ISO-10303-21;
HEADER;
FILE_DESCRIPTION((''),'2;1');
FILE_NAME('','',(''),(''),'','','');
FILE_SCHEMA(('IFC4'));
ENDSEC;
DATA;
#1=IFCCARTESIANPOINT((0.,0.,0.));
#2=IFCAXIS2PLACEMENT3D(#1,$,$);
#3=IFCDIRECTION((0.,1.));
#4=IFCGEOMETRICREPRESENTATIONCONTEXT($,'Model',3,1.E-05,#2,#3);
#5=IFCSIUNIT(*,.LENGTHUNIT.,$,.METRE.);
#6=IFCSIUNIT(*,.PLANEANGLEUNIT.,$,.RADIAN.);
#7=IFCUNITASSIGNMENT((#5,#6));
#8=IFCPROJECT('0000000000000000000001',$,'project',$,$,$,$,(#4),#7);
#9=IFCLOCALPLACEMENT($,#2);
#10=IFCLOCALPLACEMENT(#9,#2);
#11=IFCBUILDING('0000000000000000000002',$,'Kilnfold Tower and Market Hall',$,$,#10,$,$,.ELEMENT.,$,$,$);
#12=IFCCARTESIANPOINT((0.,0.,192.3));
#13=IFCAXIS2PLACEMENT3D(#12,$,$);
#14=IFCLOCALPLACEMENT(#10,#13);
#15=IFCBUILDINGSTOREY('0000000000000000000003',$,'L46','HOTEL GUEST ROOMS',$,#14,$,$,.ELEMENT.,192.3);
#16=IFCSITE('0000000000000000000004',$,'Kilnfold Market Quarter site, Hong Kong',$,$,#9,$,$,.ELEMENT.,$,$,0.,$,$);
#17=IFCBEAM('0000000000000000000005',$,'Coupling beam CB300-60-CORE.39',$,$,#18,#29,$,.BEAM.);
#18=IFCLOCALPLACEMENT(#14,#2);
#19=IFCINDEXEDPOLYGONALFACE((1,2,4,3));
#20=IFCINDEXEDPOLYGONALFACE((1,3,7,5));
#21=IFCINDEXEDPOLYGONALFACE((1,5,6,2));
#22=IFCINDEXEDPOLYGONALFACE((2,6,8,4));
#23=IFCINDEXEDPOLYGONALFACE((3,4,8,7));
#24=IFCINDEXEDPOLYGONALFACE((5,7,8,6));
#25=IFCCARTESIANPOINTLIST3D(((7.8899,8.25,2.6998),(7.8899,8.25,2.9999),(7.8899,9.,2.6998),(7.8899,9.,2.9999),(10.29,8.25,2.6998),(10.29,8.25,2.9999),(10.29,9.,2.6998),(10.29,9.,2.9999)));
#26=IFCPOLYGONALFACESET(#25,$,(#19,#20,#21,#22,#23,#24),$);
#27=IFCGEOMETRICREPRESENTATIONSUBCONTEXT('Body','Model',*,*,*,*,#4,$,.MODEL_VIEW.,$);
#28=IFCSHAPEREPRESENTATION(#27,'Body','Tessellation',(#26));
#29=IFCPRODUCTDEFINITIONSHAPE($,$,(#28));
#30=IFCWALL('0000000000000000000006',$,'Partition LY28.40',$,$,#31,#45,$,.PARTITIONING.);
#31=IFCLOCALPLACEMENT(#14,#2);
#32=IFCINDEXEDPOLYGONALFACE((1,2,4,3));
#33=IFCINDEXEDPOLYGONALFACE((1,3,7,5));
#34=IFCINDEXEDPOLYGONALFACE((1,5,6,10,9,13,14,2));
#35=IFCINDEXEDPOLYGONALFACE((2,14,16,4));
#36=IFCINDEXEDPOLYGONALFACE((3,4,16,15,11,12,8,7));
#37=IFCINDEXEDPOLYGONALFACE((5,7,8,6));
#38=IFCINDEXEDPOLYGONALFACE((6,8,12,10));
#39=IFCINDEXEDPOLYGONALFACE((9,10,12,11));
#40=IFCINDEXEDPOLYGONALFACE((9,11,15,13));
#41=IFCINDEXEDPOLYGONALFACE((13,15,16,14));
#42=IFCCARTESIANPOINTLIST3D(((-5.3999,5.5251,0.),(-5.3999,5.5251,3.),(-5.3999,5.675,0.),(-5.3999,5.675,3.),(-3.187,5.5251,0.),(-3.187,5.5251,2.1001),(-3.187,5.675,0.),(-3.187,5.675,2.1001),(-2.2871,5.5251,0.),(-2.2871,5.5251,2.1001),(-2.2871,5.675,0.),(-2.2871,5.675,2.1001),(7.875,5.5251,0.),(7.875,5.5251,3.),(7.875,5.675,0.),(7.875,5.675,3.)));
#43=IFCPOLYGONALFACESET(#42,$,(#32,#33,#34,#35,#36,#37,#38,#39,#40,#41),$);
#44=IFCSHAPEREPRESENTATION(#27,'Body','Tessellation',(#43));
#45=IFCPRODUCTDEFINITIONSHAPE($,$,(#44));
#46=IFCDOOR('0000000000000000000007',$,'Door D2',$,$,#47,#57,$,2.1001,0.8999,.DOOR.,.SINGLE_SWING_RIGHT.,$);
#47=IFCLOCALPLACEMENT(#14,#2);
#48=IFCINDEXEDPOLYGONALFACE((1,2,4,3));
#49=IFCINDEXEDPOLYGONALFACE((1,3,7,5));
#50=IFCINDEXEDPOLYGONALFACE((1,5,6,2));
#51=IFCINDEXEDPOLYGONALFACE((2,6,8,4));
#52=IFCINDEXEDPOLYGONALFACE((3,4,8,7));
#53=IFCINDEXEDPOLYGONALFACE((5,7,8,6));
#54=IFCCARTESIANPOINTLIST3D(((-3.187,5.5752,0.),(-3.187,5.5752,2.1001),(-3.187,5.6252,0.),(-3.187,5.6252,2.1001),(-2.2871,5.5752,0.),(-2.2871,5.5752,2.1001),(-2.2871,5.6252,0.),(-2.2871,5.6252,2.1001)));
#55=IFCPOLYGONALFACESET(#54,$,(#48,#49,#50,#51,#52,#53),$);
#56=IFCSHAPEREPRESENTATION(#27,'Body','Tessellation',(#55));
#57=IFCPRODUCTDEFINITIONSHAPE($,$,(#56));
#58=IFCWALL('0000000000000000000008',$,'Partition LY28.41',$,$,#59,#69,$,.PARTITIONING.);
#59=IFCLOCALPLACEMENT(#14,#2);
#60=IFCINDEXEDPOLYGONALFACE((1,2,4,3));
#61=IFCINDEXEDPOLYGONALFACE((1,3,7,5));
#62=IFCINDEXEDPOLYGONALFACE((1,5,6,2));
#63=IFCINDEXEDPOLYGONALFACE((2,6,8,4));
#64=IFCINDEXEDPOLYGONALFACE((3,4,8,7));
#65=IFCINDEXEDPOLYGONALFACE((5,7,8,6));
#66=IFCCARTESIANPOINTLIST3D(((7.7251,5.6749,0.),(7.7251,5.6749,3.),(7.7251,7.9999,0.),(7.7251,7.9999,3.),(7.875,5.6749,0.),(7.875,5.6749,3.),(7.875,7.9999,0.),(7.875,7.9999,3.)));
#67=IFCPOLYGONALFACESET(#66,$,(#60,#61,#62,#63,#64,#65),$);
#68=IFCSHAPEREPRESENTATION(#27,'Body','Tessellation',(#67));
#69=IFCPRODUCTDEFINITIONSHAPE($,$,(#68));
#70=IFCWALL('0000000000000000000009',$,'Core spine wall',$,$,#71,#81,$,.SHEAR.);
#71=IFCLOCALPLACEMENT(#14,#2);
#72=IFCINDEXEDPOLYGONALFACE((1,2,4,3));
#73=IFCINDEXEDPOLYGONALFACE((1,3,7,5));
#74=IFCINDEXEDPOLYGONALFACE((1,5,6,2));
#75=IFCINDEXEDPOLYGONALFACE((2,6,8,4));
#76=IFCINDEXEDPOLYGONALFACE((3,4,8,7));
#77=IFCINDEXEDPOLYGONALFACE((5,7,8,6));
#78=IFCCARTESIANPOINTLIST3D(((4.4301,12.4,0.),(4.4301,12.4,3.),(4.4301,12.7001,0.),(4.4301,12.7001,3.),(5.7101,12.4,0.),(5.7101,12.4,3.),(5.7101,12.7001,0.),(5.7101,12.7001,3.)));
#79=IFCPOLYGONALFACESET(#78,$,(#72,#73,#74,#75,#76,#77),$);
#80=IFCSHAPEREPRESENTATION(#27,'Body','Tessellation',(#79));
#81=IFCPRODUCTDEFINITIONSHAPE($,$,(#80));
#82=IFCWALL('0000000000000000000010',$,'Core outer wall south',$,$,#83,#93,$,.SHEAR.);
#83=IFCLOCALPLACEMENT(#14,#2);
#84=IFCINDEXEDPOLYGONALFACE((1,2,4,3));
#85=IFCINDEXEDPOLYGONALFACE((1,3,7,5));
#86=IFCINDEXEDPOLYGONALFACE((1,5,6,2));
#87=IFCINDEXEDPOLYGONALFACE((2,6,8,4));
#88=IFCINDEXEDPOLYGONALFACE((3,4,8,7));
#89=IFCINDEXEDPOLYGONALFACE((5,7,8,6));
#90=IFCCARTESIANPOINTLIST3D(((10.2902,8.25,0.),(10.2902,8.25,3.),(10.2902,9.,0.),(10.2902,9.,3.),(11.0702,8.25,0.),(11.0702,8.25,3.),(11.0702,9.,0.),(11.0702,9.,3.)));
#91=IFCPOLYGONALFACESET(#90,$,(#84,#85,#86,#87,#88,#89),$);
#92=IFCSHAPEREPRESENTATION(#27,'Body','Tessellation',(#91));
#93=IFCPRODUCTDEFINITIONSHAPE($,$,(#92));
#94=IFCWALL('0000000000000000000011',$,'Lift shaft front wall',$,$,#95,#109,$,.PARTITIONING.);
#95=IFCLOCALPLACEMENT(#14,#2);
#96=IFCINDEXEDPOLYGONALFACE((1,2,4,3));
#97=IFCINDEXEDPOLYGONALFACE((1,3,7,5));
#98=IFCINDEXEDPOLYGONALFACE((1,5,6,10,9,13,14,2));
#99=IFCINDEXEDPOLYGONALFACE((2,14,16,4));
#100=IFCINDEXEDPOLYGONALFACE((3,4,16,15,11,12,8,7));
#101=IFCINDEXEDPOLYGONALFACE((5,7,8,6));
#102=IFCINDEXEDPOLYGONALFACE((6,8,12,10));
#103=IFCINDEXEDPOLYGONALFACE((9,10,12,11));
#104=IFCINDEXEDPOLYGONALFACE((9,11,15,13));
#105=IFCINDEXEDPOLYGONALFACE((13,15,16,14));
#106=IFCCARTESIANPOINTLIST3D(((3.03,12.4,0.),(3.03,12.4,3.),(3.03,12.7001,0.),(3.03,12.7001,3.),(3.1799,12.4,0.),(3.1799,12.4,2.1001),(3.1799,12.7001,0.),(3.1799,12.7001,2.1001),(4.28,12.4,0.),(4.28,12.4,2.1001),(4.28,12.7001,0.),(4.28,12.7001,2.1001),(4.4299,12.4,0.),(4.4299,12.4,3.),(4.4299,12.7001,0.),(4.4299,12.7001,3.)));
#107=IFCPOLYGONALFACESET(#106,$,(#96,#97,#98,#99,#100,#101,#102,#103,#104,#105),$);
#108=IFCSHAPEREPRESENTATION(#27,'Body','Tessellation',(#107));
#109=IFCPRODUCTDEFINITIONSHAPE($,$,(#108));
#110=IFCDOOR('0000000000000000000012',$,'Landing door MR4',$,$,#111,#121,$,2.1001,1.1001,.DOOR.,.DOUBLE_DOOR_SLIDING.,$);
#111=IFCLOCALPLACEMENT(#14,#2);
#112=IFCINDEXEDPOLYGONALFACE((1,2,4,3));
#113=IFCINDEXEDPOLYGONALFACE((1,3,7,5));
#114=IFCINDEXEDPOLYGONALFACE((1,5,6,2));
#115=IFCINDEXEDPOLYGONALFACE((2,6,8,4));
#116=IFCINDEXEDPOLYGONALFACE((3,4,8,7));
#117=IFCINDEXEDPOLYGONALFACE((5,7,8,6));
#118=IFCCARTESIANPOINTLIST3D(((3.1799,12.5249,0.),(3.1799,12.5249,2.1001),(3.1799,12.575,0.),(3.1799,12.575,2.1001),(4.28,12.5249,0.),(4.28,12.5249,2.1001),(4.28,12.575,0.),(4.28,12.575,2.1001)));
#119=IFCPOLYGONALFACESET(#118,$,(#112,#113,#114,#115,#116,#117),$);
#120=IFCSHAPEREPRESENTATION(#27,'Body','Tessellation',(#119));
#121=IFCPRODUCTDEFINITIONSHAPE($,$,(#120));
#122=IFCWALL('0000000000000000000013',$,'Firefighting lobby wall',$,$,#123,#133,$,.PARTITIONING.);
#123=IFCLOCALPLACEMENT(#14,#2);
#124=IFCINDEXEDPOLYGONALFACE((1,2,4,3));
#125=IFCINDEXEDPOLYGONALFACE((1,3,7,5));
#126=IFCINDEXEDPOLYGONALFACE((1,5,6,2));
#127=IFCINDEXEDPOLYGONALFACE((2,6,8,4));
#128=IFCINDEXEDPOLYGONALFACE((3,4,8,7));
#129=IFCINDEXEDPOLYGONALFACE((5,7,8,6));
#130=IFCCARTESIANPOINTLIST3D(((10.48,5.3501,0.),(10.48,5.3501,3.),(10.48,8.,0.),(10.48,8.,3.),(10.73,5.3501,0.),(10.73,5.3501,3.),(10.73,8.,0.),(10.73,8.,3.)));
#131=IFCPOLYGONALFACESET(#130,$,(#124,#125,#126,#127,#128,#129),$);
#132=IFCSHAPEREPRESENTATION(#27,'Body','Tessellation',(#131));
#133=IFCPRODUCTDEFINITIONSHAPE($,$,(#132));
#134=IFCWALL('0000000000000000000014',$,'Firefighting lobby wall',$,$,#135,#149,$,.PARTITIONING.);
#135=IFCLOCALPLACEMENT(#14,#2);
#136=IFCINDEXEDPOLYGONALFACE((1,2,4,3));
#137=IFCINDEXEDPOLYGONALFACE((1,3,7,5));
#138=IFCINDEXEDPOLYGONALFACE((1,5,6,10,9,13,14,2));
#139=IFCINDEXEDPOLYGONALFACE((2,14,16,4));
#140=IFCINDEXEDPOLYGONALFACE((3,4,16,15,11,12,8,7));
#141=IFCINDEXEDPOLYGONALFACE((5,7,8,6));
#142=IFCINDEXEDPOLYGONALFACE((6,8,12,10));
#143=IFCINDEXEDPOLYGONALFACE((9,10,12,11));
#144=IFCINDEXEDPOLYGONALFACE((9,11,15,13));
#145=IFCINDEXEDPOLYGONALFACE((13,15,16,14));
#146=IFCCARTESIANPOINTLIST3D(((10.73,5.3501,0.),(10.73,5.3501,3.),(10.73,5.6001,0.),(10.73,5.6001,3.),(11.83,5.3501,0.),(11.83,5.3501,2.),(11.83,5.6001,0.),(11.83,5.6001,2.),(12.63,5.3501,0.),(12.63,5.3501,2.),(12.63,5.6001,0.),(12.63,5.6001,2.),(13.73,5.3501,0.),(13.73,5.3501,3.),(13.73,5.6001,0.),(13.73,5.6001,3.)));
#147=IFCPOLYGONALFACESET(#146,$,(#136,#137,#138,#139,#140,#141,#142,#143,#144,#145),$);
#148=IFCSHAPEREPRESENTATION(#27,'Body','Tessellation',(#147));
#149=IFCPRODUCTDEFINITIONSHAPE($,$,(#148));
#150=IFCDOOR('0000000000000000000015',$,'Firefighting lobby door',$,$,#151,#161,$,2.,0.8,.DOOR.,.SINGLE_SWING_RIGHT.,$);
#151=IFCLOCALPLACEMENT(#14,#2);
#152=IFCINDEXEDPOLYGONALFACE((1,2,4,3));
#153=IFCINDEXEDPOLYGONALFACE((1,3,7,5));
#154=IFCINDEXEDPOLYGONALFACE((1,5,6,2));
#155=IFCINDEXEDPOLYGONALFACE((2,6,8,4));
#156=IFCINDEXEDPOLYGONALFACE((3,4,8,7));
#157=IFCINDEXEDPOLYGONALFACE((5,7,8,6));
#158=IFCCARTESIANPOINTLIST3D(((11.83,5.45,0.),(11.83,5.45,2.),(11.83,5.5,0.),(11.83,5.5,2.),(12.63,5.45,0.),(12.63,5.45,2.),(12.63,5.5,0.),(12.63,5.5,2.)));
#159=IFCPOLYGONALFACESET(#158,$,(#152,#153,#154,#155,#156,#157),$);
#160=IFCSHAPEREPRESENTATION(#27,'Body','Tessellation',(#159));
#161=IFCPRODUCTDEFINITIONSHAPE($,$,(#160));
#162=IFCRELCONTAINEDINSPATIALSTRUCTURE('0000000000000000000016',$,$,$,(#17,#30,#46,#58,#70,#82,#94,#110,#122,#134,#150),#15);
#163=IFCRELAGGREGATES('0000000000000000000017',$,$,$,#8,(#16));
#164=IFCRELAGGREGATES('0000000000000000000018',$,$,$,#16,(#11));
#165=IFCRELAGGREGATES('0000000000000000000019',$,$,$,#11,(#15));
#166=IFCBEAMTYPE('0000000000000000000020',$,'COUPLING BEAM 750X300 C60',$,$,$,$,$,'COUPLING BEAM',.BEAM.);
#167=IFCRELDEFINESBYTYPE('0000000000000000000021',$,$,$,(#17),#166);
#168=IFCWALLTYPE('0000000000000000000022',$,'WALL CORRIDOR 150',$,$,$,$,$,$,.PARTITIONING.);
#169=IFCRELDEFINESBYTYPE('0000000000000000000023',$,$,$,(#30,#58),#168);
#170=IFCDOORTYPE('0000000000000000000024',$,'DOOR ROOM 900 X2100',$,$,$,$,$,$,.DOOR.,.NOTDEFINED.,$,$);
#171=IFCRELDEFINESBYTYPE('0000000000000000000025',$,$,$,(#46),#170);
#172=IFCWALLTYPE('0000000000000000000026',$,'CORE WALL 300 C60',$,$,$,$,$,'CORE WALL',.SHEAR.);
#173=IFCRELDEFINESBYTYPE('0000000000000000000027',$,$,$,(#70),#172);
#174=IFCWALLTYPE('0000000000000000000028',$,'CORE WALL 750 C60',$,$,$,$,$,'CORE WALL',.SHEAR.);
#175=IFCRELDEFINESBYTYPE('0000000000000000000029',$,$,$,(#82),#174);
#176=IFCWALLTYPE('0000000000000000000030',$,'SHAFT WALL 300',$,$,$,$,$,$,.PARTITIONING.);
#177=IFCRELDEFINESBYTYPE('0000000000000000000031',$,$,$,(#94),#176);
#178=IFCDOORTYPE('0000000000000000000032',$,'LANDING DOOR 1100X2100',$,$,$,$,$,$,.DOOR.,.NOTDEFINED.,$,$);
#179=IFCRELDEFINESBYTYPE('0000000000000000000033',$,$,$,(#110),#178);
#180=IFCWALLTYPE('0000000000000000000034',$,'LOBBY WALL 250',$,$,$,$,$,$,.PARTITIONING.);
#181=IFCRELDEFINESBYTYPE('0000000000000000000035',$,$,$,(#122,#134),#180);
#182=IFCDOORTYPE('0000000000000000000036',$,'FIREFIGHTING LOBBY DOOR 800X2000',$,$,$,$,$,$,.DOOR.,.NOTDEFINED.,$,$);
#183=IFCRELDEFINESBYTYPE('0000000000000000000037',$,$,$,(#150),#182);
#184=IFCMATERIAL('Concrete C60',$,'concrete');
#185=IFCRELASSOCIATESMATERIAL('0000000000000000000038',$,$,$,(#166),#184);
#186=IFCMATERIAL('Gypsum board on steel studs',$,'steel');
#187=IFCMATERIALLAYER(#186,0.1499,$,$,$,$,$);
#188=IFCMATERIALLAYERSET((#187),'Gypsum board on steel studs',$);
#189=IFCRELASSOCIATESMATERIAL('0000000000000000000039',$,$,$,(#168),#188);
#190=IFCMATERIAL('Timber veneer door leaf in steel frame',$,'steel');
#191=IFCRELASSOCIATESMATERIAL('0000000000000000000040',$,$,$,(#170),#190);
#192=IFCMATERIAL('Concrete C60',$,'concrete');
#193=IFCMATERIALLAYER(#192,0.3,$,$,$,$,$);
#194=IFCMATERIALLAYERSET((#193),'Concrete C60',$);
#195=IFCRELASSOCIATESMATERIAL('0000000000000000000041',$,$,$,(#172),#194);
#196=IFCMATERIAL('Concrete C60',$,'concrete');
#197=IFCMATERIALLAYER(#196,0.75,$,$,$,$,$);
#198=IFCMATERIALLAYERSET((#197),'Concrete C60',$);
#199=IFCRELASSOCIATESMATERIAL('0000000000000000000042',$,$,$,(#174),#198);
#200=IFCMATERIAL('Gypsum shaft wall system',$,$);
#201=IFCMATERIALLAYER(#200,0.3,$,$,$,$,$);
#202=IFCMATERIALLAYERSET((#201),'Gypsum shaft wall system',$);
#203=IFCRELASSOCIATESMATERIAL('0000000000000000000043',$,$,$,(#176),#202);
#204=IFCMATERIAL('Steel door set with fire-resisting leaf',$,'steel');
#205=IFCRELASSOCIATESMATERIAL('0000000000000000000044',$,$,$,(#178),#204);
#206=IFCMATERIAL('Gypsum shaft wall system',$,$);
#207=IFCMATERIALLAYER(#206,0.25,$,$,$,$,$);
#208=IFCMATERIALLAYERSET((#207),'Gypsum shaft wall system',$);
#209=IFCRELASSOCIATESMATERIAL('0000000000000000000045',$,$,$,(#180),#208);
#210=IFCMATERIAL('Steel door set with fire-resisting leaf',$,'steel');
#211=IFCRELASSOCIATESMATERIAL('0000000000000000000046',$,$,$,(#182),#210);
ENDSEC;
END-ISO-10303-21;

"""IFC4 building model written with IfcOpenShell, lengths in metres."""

from ifc_helpers import new_model, si_unit, direction, frame, frame_2d, origin, origin_2d, place, context, subcontext, project, spatial, rectangle, extrude, source, transform, mapped, material, layer, layer_set, material_profile, profile_set, type_object, element, fill, save


model = new_model("IFC4")

# Units and contexts
model_context = context("Model", 3, precision=1e-05, world=origin(), true_north=direction((0.0, 1.0)))
body_context = subcontext(model_context, "Body", "Model", "MODEL_VIEW")
ifc_project = project(units=[si_unit("LENGTHUNIT", "METRE"), si_unit("PLANEANGLEUNIT", "RADIAN")], contexts=[model_context])

# Site, building, storey
site_placement = place(None, origin())
site = spatial("IfcSite", under=ifc_project, at=site_placement, Name="Kilnfold Market Quarter site, Hong Kong", CompositionType="ELEMENT", RefElevation=0.0)
building_placement = place(site_placement, origin())
building = spatial("IfcBuilding", under=site, at=building_placement, Name="Kilnfold Tower and Market Hall", CompositionType="ELEMENT")
storey_placement = place(building_placement, frame((0.0, 0.0, 192.3)))
storey = spatial("IfcBuildingStorey", under=building, at=storey_placement, Name="L46", Description="HOTEL GUEST ROOMS", CompositionType="ELEMENT", Elevation=192.3)

# Beam
ifc_material_1 = material(Name="Concrete C60", Category="concrete")
ifc_material_profile = material_profile(ifc_material_1, rectangle(XDim=0.75, YDim=0.3, at=origin_2d()), Name="RC 750x300")
ifc_profile_set = profile_set([ifc_material_profile], Name="Concrete C60")
beam_type = type_object("IfcBeamType", Name="COUPLING BEAM 750X300 C60", ElementType="COUPLING BEAM", PredefinedType="BEAM", material=ifc_profile_set)
shared_shape_1 = source(origin(), body_context, "Body", "SweptSolid", [
    extrude(rectangle(XDim=0.75, YDim=0.3, at=origin_2d()), origin(), (0.0, 0.0, 1.0), 2.4001),
])
beam_placement = place(storey_placement, frame((7.8899, 8.625, 2.8499), z_axis=(1.0, 0.0, 0.0), x_axis=(0.0, 1.0, 0.0)))
element("IfcBeam", 1, at=beam_placement, inside=storey, type_object=beam_type, Name="Coupling beam CB300-60-CORE.39", PredefinedType="BEAM", context=body_context, shape_type="MappedRepresentation", body=[
    mapped(shared_shape_1, transform((0.0, 0.0, 0.0))),
])

# Wall, opening, door
ifc_material_2 = material(Name="Gypsum board on steel studs", Category="steel")
ifc_layer_1 = layer(ifc_material_2, 0.1499)
ifc_layer_set_1 = layer_set([ifc_layer_1], Name="Gypsum board on steel studs")
wall_type_1 = type_object("IfcWallType", Name="WALL CORRIDOR 150", PredefinedType="PARTITIONING", material=ifc_layer_set_1)
wall_1_placement = place(storey_placement, frame((7.875, 5.6001, 0.0), z_axis=(0.0, 0.0, 1.0), x_axis=(-1.0, 0.0, 0.0)))
wall_1 = element("IfcWall", 2, at=wall_1_placement, inside=storey, type_object=wall_type_1, Name="Partition LY28.40", PredefinedType="PARTITIONING", context=body_context, shape_type="SweptSolid", body=[
    extrude(rectangle(XDim=13.2749, YDim=0.1499, at=frame_2d((6.6375, 0.0))), origin(), (0.0, 0.0, 1.0), 3.0),
])
opening_1_placement = place(wall_1_placement, frame((10.1621, 0.0, 0.0)))
opening_1 = element("IfcOpeningElement", 3, at=opening_1_placement, cuts=wall_1, PredefinedType="OPENING", context=body_context, shape_type="SweptSolid", body=[
    extrude(rectangle(XDim=0.8999, YDim=2.1001, at=frame_2d((0.45, 1.05))), frame((0.0, 0.085, 0.0), z_axis=(0.0, -1.0, 0.0), x_axis=(1.0, 0.0, 0.0)), (0.0, 0.0, 1.0), 0.1699),
])
ifc_material_3 = material(Name="Timber veneer door leaf in steel frame", Category="steel")
door_type_1 = type_object("IfcDoorType", Name="DOOR ROOM 900 X2100", OperationType="NOTDEFINED", PredefinedType="DOOR", material=ifc_material_3)
door_1_placement = place(opening_1_placement, origin())
door_1 = element("IfcDoor", 4, at=door_1_placement, inside=storey, type_object=door_type_1, Name="Door D2", OperationType="SINGLE_SWING_RIGHT", OverallHeight=2.1001, OverallWidth=0.8999, PredefinedType="DOOR", context=body_context, shape_type="SweptSolid", body=[
    extrude(rectangle(XDim=0.8999, YDim=2.1001, at=frame_2d((0.45, 1.05))), frame((0.0, 0.0249, 0.0), z_axis=(0.0, -1.0, 0.0), x_axis=(1.0, 0.0, 0.0)), (0.0, 0.0, 1.0), 0.05),
])
fill(opening_1, door_1)

# Walls
wall_2_placement = place(storey_placement, frame((7.8, 8.0, 0.0), z_axis=(0.0, 0.0, 1.0), x_axis=(0.0, -1.0, 0.0)))
element("IfcWall", 5, at=wall_2_placement, inside=storey, type_object=wall_type_1, Name="Partition LY28.41", PredefinedType="PARTITIONING", context=body_context, shape_type="SweptSolid", body=[
    extrude(rectangle(XDim=2.325, YDim=0.1499, at=frame_2d((1.1626, 0.0))), origin(), (0.0, 0.0, 1.0), 3.0),
])
ifc_material_4 = material(Name="Concrete C60", Category="concrete")
ifc_layer_2 = layer(ifc_material_4, 0.3)
ifc_layer_set_2 = layer_set([ifc_layer_2], Name="Concrete C60")
wall_type_2 = type_object("IfcWallType", Name="CORE WALL 300 C60", ElementType="CORE WALL", PredefinedType="SHEAR", material=ifc_layer_set_2)
shared_shape_2 = source(origin(), body_context, "Body", "SweptSolid", [
    extrude(rectangle(XDim=1.28, YDim=0.3, at=frame_2d((0.6401, 0.0))), origin(), (0.0, 0.0, 1.0), 3.0),
])
wall_3_placement = place(storey_placement, frame((4.4299, 12.55, 0.0), z_axis=(0.0, 0.0, 1.0), x_axis=(1.0, 0.0, 0.0)))
element("IfcWall", 6, at=wall_3_placement, inside=storey, type_object=wall_type_2, Name="Core spine wall", PredefinedType="SHEAR", context=body_context, shape_type="MappedRepresentation", body=[
    mapped(shared_shape_2, transform((0.0, 0.0, 0.0))),
])
ifc_material_5 = material(Name="Concrete C60", Category="concrete")
ifc_layer_3 = layer(ifc_material_5, 0.75)
ifc_layer_set_3 = layer_set([ifc_layer_3], Name="Concrete C60")
wall_type_3 = type_object("IfcWallType", Name="CORE WALL 750 C60", ElementType="CORE WALL", PredefinedType="SHEAR", material=ifc_layer_set_3)
shared_shape_3 = source(origin(), body_context, "Body", "SweptSolid", [
    extrude(rectangle(XDim=0.78, YDim=0.75, at=frame_2d((0.3901, 0.0))), origin(), (0.0, 0.0, 1.0), 3.0),
])
wall_4_placement = place(storey_placement, frame((10.29, 8.625, 0.0), z_axis=(0.0, 0.0, 1.0), x_axis=(1.0, 0.0, 0.0)))
element("IfcWall", 7, at=wall_4_placement, inside=storey, type_object=wall_type_3, Name="Core outer wall south", PredefinedType="SHEAR", context=body_context, shape_type="MappedRepresentation", body=[
    mapped(shared_shape_3, transform((0.0, 0.0, 0.0))),
])

# Wall, opening, door
ifc_material_6 = material(Name="Gypsum shaft wall system")
ifc_layer_4 = layer(ifc_material_6, 0.3)
ifc_layer_set_4 = layer_set([ifc_layer_4], Name="Gypsum shaft wall system")
wall_type_4 = type_object("IfcWallType", Name="SHAFT WALL 300", PredefinedType="PARTITIONING", material=ifc_layer_set_4)
shared_shape_4 = source(origin(), body_context, "Body", "SweptSolid", [
    extrude(rectangle(XDim=1.3999, YDim=0.3, at=frame_2d((0.7, 0.0))), origin(), (0.0, 0.0, 1.0), 3.0),
])
wall_5_placement = place(storey_placement, frame((3.03, 12.55, 0.0), z_axis=(0.0, 0.0, 1.0), x_axis=(1.0, 0.0, 0.0)))
wall_5 = element("IfcWall", 8, at=wall_5_placement, inside=storey, type_object=wall_type_4, Name="Lift shaft front wall", PredefinedType="PARTITIONING", context=body_context, shape_type="MappedRepresentation", body=[
    mapped(shared_shape_4, transform((0.0, 0.0, 0.0))),
])
opening_2_placement = place(wall_5_placement, frame((0.1499, 0.0, 0.0)))
opening_2 = element("IfcOpeningElement", 9, at=opening_2_placement, cuts=wall_5, PredefinedType="OPENING", context=body_context, shape_type="SweptSolid", body=[
    extrude(rectangle(XDim=1.1001, YDim=2.1001, at=frame_2d((0.55, 1.05))), frame((0.0, 0.1602, 0.0), z_axis=(0.0, -1.0, 0.0), x_axis=(1.0, 0.0, 0.0)), (0.0, 0.0, 1.0), 0.3201),
])
ifc_material_7 = material(Name="Steel door set with fire-resisting leaf", Category="steel")
door_type_2 = type_object("IfcDoorType", Name="LANDING DOOR 1100X2100", OperationType="NOTDEFINED", PredefinedType="DOOR", material=ifc_material_7)
door_2_placement = place(opening_2_placement, origin())
door_2 = element("IfcDoor", 10, at=door_2_placement, inside=storey, type_object=door_type_2, Name="Landing door MR4", OperationType="DOUBLE_DOOR_SLIDING", OverallHeight=2.1001, OverallWidth=1.1001, PredefinedType="DOOR", context=body_context, shape_type="SweptSolid", body=[
    extrude(rectangle(XDim=1.1001, YDim=2.1001, at=frame_2d((0.55, 1.05))), frame((0.0, 0.0249, 0.0), z_axis=(0.0, -1.0, 0.0), x_axis=(1.0, 0.0, 0.0)), (0.0, 0.0, 1.0), 0.05),
])
fill(opening_2, door_2)

# Wall
ifc_material_8 = material(Name="Gypsum shaft wall system")
ifc_layer_5 = layer(ifc_material_8, 0.25)
ifc_layer_set_5 = layer_set([ifc_layer_5], Name="Gypsum shaft wall system")
wall_type_5 = type_object("IfcWallType", Name="LOBBY WALL 250", PredefinedType="PARTITIONING", material=ifc_layer_set_5)
shared_shape_5 = source(origin(), body_context, "Body", "SweptSolid", [
    extrude(rectangle(XDim=2.6499, YDim=0.25, at=frame_2d((1.325, 0.0))), origin(), (0.0, 0.0, 1.0), 3.0),
])
wall_6_placement = place(storey_placement, frame((10.605, 5.3501, 0.0), z_axis=(0.0, 0.0, 1.0), x_axis=(0.0, 1.0, 0.0)))
element("IfcWall", 11, at=wall_6_placement, inside=storey, type_object=wall_type_5, Name="Firefighting lobby wall", PredefinedType="PARTITIONING", context=body_context, shape_type="MappedRepresentation", body=[
    mapped(shared_shape_5, transform((0.0, 0.0, 0.0))),
])

# Wall, opening, door
shared_shape_6 = source(origin(), body_context, "Body", "SweptSolid", [
    extrude(rectangle(XDim=3.0, YDim=0.25, at=frame_2d((1.5, 0.0))), origin(), (0.0, 0.0, 1.0), 3.0),
])
wall_7_placement = place(storey_placement, frame((10.73, 5.4751, 0.0), z_axis=(0.0, 0.0, 1.0), x_axis=(1.0, 0.0, 0.0)))
wall_7 = element("IfcWall", 12, at=wall_7_placement, inside=storey, type_object=wall_type_5, Name="Firefighting lobby wall", PredefinedType="PARTITIONING", context=body_context, shape_type="MappedRepresentation", body=[
    mapped(shared_shape_6, transform((0.0, 0.0, 0.0))),
])
opening_3_placement = place(wall_7_placement, frame((1.1001, 0.0, 0.0)))
opening_3 = element("IfcOpeningElement", 13, at=opening_3_placement, cuts=wall_7, PredefinedType="OPENING", context=body_context, shape_type="SweptSolid", body=[
    extrude(rectangle(XDim=0.8, YDim=2.0, at=frame_2d((0.3999, 1.0))), frame((0.0, 0.135, 0.0), z_axis=(0.0, -1.0, 0.0), x_axis=(1.0, 0.0, 0.0)), (0.0, 0.0, 1.0), 0.27),
])
ifc_material_9 = material(Name="Steel door set with fire-resisting leaf", Category="steel")
door_type_3 = type_object("IfcDoorType", Name="FIREFIGHTING LOBBY DOOR 800X2000", OperationType="NOTDEFINED", PredefinedType="DOOR", material=ifc_material_9)
door_3_placement = place(opening_3_placement, origin())
door_3 = element("IfcDoor", 14, at=door_3_placement, inside=storey, type_object=door_type_3, Name="Firefighting lobby door", OperationType="SINGLE_SWING_RIGHT", OverallHeight=2.0, OverallWidth=0.8, PredefinedType="DOOR", context=body_context, shape_type="SweptSolid", body=[
    extrude(rectangle(XDim=0.8, YDim=2.0, at=frame_2d((0.3999, 1.0))), frame((0.0, 0.0249, 0.0), z_axis=(0.0, -1.0, 0.0), x_axis=(1.0, 0.0, 0.0)), (0.0, 0.0, 1.0), 0.05),
])
fill(opening_3, door_3)

save(model, "model.ifc")
